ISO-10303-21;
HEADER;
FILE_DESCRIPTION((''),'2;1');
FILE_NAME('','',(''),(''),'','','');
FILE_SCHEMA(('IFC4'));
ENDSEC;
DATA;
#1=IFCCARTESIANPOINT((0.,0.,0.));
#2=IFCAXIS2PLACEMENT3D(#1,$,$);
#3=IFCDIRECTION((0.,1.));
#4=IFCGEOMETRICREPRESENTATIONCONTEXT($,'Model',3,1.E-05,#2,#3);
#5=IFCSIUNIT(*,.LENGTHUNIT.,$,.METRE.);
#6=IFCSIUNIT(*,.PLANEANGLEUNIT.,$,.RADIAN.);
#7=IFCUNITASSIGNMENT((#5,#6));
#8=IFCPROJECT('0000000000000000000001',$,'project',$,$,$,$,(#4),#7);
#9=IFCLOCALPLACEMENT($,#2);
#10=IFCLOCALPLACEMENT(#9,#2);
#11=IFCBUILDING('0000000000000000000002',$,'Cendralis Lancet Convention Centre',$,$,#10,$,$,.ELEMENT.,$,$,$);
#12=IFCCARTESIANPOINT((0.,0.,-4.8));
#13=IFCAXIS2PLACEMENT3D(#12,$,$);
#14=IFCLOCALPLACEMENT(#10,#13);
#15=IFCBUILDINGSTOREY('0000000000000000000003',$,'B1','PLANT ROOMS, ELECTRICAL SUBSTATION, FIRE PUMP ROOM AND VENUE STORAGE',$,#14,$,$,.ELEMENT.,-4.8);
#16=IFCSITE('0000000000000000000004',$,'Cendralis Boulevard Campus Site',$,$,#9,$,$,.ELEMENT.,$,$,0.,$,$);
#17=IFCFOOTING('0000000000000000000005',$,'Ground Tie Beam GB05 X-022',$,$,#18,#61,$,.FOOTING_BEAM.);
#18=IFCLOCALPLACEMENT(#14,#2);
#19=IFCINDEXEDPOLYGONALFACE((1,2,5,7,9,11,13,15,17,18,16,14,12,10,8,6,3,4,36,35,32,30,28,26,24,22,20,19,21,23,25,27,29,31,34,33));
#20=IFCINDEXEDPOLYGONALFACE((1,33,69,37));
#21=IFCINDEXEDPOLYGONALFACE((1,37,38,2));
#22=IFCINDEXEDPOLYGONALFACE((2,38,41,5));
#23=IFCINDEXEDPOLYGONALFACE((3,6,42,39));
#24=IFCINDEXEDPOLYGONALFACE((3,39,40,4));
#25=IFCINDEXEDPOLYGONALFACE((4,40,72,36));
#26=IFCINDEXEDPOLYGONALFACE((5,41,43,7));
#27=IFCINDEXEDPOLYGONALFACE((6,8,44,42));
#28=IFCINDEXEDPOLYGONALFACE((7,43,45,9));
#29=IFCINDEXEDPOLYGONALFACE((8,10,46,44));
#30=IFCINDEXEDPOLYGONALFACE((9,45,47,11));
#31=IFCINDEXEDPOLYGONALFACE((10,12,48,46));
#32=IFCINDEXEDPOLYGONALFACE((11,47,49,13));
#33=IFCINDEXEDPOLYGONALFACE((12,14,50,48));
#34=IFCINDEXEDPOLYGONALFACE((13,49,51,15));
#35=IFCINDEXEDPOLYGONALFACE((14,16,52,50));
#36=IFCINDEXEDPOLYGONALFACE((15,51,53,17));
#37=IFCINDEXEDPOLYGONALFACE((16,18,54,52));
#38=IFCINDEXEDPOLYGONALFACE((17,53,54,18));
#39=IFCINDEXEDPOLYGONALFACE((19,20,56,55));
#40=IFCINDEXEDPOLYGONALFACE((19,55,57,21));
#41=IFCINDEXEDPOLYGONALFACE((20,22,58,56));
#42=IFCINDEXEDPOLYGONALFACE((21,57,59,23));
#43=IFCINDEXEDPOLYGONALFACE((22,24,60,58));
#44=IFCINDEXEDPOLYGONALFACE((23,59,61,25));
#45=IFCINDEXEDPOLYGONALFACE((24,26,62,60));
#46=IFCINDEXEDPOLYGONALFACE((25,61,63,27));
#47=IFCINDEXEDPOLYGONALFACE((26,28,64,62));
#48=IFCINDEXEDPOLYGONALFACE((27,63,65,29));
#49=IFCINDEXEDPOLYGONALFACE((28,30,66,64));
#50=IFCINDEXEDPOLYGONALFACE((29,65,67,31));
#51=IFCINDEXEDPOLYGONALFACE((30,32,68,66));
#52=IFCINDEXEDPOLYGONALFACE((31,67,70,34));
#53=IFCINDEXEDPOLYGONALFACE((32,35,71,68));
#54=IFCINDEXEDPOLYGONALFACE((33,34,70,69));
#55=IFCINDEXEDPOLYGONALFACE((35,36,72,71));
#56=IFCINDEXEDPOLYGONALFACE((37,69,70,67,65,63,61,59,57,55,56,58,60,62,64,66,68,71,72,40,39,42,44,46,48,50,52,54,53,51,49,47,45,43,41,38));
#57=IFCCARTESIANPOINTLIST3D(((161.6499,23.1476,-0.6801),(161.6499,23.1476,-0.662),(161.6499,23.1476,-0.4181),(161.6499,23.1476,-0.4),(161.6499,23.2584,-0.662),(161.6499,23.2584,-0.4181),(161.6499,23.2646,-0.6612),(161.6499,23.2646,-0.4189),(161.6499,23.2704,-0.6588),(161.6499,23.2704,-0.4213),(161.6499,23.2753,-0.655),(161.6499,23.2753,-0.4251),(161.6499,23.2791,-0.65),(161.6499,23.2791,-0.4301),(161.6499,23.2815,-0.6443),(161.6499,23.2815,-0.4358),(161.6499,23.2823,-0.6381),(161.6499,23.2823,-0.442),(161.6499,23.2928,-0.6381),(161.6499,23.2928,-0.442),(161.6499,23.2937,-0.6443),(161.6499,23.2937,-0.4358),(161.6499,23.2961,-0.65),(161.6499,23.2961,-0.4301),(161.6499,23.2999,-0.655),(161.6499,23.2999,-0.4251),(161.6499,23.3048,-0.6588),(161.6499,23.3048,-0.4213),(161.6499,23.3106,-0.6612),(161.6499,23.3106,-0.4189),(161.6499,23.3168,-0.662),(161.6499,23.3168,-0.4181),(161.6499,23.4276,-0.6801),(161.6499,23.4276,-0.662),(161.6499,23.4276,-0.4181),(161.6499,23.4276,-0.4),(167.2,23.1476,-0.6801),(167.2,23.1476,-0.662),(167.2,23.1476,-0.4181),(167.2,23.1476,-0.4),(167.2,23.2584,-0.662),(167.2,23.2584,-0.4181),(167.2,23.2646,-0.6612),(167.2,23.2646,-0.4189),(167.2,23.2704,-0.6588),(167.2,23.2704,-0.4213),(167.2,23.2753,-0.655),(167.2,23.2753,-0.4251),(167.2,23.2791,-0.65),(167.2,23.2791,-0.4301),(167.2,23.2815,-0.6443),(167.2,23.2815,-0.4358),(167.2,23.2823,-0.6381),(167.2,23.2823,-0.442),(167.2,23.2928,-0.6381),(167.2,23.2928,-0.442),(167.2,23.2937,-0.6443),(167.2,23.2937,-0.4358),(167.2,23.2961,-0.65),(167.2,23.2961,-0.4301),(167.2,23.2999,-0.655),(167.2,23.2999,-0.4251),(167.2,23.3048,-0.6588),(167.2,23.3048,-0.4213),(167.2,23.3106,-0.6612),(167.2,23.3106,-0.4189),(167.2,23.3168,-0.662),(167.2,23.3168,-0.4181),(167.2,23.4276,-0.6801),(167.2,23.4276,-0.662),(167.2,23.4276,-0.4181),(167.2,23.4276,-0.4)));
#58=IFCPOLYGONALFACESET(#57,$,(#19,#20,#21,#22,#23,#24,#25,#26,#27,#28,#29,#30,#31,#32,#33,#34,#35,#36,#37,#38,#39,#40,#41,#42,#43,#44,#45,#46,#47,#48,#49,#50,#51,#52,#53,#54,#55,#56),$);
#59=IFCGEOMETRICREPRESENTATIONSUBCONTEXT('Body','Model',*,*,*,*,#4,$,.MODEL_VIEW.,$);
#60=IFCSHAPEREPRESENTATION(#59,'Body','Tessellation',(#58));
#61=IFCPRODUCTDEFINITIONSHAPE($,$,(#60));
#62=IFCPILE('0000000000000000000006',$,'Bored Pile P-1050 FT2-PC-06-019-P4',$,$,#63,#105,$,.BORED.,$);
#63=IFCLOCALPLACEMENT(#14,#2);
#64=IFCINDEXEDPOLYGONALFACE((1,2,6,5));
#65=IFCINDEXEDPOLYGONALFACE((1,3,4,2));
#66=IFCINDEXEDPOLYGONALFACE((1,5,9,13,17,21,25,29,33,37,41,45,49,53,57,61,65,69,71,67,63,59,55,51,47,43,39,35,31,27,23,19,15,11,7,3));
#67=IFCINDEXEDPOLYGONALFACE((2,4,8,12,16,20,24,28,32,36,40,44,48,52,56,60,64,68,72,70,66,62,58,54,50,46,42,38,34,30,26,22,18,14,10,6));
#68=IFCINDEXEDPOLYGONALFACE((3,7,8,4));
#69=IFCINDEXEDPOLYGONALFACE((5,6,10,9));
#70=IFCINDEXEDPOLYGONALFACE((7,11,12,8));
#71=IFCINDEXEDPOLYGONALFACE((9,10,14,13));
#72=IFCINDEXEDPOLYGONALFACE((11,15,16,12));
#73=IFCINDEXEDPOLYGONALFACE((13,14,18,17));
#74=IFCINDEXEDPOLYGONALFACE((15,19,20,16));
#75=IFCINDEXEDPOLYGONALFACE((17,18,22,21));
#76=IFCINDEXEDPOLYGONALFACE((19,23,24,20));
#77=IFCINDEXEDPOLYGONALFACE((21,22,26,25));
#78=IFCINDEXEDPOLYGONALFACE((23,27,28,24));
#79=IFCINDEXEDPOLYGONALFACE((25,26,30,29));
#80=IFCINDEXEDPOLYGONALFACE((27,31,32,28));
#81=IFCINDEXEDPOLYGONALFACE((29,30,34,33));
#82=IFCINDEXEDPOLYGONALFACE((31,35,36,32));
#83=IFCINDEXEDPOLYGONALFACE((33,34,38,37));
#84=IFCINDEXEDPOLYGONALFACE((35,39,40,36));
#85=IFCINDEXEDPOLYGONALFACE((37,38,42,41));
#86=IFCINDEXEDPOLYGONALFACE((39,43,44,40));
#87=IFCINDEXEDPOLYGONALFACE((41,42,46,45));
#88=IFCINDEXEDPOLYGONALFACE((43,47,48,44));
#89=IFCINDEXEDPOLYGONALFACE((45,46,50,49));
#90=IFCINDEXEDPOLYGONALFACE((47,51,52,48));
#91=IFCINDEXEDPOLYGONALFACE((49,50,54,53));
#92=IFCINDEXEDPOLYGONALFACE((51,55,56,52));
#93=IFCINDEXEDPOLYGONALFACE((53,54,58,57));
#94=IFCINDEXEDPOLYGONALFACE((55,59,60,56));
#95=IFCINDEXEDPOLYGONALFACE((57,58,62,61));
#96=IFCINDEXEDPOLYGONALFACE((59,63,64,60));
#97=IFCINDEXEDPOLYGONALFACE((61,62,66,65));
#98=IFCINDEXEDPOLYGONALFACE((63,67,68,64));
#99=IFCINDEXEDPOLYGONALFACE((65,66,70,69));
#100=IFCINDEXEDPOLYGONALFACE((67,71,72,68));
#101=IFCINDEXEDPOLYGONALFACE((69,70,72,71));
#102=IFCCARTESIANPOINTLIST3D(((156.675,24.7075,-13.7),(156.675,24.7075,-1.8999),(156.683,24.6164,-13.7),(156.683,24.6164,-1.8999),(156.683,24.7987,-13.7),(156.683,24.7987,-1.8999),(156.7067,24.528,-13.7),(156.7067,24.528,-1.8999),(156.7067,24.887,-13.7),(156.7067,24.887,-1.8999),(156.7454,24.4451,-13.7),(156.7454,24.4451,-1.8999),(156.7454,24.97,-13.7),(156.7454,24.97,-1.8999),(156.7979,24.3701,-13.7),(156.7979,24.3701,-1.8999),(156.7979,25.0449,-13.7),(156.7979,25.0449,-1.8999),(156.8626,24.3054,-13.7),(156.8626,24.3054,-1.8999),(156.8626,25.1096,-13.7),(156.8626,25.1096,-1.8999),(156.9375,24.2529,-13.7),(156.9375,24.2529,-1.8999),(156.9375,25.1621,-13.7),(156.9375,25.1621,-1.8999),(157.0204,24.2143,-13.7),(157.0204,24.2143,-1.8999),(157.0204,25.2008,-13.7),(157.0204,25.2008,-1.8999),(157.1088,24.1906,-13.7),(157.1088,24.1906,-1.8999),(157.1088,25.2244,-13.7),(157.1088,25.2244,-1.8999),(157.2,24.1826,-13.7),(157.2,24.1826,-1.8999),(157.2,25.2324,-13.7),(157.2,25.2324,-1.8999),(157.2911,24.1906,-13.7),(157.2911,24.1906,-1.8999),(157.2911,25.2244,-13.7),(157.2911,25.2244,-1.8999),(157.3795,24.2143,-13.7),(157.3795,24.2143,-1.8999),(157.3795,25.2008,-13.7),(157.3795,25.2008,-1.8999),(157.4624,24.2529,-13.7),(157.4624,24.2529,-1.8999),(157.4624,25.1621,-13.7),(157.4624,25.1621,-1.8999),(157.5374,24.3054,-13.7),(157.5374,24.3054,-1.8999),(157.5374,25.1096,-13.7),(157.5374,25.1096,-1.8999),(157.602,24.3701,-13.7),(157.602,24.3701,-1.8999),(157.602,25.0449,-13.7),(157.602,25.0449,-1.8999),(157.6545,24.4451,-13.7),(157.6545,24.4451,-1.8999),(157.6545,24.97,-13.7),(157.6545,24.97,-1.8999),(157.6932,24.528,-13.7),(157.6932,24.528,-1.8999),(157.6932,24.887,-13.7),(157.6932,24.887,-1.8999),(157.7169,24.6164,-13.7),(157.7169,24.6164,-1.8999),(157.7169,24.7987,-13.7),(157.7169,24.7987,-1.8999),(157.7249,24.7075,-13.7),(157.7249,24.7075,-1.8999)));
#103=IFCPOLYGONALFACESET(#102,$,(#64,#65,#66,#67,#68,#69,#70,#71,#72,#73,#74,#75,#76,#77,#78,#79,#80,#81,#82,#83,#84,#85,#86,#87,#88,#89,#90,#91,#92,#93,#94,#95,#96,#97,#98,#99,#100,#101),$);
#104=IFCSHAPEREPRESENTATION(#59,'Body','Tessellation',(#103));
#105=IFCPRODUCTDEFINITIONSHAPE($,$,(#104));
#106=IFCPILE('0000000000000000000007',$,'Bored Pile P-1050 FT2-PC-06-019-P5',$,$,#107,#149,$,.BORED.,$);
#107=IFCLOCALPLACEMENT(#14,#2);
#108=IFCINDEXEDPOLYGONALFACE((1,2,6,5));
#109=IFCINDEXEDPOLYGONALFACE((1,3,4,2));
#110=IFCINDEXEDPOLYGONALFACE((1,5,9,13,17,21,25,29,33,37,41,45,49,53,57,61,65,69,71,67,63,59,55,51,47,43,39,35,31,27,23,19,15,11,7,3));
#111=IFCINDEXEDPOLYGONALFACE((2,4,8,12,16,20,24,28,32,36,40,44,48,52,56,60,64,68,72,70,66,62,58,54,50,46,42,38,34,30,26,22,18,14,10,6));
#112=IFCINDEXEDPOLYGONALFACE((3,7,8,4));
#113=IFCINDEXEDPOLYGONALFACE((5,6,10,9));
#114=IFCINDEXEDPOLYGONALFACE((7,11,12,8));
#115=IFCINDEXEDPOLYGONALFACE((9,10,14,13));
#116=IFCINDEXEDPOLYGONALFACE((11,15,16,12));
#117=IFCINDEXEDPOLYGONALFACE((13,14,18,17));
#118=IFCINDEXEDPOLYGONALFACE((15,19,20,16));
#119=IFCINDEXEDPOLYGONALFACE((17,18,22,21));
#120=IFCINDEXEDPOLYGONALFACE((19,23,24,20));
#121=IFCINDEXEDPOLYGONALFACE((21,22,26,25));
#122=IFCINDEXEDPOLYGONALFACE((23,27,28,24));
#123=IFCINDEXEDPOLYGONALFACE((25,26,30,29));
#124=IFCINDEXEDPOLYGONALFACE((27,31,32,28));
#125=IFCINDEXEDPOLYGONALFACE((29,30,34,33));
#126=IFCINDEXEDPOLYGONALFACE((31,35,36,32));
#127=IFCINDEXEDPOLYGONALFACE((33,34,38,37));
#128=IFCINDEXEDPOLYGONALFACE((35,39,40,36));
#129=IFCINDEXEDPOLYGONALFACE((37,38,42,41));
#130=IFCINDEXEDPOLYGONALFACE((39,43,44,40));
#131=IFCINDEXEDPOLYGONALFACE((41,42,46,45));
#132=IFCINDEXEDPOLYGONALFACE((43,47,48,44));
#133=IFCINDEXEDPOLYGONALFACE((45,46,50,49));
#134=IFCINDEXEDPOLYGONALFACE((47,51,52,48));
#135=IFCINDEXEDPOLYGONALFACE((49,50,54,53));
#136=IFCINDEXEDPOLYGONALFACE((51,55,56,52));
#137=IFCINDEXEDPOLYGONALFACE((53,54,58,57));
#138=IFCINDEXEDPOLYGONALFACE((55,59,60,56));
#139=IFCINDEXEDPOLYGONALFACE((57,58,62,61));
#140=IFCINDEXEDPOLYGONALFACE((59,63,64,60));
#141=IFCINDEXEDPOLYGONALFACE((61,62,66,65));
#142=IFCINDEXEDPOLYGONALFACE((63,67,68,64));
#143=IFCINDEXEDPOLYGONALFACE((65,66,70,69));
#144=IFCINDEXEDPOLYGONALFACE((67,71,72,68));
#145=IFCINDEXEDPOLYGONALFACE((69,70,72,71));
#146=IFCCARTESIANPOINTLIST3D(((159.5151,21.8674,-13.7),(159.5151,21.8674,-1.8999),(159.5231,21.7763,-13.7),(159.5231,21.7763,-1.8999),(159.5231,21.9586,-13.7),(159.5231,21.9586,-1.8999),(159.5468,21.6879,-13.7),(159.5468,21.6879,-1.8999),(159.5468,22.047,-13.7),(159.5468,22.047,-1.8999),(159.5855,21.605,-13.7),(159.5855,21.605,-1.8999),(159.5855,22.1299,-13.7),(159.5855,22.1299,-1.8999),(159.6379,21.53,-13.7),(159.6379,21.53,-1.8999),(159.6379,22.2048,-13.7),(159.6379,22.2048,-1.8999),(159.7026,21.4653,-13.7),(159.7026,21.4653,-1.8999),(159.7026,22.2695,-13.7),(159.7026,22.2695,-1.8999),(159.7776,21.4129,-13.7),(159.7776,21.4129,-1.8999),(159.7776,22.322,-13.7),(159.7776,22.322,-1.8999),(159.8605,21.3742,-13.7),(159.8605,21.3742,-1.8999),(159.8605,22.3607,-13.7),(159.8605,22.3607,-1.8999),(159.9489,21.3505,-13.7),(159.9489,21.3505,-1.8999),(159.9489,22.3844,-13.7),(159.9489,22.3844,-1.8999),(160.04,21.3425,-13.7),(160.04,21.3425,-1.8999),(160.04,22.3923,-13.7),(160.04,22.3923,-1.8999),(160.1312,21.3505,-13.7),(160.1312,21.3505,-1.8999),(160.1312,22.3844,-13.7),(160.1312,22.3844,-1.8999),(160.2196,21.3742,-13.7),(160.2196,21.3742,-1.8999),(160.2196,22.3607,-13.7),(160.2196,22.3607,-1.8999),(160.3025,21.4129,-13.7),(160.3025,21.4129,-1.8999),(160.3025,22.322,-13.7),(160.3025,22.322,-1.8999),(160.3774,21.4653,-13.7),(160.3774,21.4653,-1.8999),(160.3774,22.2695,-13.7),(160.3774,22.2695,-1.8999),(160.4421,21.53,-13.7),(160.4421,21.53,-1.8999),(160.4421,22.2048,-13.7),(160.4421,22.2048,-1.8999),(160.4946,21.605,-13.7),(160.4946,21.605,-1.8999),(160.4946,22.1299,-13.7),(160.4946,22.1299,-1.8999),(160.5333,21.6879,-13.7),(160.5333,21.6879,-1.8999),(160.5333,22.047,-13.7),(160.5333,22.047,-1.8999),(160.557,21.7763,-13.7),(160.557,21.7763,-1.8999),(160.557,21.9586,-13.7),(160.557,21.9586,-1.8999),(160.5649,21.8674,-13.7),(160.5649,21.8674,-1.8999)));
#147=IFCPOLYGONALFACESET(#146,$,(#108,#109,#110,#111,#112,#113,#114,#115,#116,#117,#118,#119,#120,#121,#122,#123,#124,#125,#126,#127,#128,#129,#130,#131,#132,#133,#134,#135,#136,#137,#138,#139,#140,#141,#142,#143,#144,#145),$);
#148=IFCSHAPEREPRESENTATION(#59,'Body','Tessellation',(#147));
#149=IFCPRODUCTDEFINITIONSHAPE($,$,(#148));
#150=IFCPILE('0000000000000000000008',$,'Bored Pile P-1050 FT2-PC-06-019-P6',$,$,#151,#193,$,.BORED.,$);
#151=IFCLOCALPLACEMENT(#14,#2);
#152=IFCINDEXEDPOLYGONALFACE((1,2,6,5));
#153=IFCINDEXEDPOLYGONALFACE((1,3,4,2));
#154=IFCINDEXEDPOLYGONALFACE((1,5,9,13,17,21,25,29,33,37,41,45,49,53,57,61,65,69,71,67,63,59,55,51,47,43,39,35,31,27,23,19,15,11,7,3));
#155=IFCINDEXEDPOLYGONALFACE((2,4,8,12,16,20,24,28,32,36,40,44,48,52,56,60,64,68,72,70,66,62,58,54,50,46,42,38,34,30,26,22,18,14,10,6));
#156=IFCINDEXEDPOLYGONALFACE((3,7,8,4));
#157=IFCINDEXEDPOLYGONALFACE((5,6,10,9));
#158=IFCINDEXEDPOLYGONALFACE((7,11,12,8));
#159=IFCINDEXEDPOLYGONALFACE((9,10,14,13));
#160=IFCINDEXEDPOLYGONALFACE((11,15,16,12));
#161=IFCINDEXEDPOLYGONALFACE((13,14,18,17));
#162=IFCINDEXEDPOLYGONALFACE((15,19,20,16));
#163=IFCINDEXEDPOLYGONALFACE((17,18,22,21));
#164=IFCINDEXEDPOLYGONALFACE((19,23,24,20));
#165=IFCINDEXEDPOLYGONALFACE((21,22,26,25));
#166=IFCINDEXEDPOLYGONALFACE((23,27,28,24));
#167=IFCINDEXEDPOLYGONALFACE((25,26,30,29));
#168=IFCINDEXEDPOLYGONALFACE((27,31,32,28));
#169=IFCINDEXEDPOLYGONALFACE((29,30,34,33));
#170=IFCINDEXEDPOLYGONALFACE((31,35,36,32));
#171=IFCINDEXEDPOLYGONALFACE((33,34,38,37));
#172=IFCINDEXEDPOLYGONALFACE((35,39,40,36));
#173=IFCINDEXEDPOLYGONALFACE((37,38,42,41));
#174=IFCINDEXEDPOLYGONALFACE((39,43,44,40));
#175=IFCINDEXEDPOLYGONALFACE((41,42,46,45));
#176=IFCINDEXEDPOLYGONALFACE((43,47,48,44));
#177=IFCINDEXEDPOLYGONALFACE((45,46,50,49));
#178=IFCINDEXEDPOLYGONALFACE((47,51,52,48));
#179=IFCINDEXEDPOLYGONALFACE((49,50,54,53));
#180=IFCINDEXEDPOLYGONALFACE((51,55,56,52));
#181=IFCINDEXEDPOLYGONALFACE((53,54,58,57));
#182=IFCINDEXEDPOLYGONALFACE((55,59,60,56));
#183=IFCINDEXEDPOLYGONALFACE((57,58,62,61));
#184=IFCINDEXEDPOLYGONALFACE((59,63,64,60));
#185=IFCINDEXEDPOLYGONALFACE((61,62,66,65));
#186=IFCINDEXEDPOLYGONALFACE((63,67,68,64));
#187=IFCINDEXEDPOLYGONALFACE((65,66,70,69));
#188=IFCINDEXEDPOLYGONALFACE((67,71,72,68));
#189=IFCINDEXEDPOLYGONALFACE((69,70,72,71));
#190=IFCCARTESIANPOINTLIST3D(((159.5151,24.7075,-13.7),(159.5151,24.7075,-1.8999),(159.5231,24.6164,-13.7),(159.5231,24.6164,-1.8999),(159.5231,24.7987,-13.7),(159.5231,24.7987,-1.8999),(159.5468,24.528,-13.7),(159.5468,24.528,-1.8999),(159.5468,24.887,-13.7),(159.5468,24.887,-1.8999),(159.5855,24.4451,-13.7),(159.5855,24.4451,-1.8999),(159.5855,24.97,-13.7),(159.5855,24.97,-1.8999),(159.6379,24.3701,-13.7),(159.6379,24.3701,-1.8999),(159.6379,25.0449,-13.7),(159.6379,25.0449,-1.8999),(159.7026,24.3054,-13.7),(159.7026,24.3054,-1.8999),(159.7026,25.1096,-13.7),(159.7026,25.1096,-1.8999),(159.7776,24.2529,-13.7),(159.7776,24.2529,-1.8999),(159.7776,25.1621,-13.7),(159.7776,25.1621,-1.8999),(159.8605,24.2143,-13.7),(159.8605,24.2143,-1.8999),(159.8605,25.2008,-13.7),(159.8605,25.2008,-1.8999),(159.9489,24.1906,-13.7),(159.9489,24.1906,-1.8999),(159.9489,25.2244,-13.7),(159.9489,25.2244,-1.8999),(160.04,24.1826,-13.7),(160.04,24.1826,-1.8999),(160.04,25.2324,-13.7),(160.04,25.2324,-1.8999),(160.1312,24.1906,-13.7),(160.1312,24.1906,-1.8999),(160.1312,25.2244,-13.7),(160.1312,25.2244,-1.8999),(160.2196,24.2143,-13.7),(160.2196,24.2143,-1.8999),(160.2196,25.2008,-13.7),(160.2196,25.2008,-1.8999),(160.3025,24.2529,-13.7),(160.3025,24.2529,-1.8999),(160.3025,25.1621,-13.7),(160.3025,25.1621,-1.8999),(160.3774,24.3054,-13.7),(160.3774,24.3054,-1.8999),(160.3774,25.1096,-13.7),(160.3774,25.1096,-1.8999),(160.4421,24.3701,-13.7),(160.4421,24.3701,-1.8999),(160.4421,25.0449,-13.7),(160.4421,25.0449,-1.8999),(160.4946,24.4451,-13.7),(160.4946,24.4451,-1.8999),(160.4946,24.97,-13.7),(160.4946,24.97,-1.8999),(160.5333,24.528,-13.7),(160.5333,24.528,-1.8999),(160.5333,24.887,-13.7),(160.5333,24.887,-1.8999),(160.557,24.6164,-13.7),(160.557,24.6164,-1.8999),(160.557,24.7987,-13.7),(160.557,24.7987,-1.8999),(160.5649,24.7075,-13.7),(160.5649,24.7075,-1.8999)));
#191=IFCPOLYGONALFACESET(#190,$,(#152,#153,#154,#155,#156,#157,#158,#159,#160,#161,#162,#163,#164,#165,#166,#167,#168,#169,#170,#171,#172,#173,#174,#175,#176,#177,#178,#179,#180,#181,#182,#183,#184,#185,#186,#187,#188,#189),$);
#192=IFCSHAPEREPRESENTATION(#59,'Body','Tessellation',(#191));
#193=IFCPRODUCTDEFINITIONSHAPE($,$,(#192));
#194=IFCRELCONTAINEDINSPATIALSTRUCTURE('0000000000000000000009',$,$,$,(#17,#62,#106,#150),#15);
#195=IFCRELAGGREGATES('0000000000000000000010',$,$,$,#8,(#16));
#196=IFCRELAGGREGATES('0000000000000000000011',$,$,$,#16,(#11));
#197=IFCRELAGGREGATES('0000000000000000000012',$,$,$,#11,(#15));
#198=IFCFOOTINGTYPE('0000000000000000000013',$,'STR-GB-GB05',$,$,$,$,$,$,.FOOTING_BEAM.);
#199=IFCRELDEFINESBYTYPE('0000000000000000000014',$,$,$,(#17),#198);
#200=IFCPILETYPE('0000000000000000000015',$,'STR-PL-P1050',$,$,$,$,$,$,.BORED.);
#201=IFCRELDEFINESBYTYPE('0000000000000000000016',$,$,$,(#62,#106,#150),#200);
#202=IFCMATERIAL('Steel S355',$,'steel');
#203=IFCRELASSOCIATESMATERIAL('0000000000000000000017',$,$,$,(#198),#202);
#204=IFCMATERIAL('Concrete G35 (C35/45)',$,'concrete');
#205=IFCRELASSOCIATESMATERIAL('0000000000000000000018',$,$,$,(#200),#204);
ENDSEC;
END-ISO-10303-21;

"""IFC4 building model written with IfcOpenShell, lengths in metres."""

from ifc_helpers import new_model, si_unit, direction, frame, origin, origin_2d, place, context, subcontext, project, spatial, circle, i_section, extrude, material, material_profile, profile_set, type_object, element, save


model = new_model("IFC4")

# Units and contexts
model_context = context("Model", 3, precision=1e-05, world=origin(), true_north=direction((0.0, 1.0)))
body_context = subcontext(model_context, "Body", "Model", "MODEL_VIEW")
ifc_project = project(units=[si_unit("LENGTHUNIT", "METRE"), si_unit("PLANEANGLEUNIT", "RADIAN")], contexts=[model_context])

# Site, building, storey
site_placement = place(None, origin())
site = spatial("IfcSite", under=ifc_project, at=site_placement, Name="Cendralis Boulevard Campus Site", CompositionType="ELEMENT", RefElevation=0.0)
building_placement = place(site_placement, origin())
building = spatial("IfcBuilding", under=site, at=building_placement, Name="Cendralis Lancet Convention Centre", CompositionType="ELEMENT")
storey_placement = place(building_placement, frame((0.0, 0.0, -4.8)))
storey = spatial("IfcBuildingStorey", under=building, at=storey_placement, Name="B1", Description="PLANT ROOMS, ELECTRICAL SUBSTATION, FIRE PUMP ROOM AND VENUE STORAGE", CompositionType="ELEMENT", Elevation=-4.8)

# Footing
ifc_material_1 = material(Name="Steel S355", Category="steel")
ifc_material_profile_1 = material_profile(ifc_material_1, i_section(OverallWidth=0.28, OverallDepth=0.28, WebThickness=0.0105, FlangeThickness=0.0181, FilletRadius=0.0239, at=origin_2d()), Name="HEB 280")
ifc_profile_set_1 = profile_set([ifc_material_profile_1], Name="Steel S355")
footing_type = type_object("IfcFootingType", Name="STR-GB-GB05", PredefinedType="FOOTING_BEAM", material=ifc_profile_set_1)
footing_placement = place(storey_placement, frame((161.6499, 23.2876, -0.54), z_axis=(1.0, 0.0, 0.0), x_axis=(0.0, 1.0, 0.0)))
element("IfcFooting", 1, at=footing_placement, inside=storey, type_object=footing_type, Name="Ground Tie Beam GB05 X-022", PredefinedType="FOOTING_BEAM", context=body_context, shape_type="SweptSolid", body=[
    extrude(i_section(OverallWidth=0.28, OverallDepth=0.28, WebThickness=0.0105, FlangeThickness=0.0181, FilletRadius=0.0239, at=origin_2d()), origin(), (0.0, 0.0, 1.0), 5.55),
])

# Piles
ifc_material_2 = material(Name="Concrete G35 (C35/45)", Category="concrete")
ifc_material_profile_2 = material_profile(ifc_material_2, circle(Radius=0.5249, at=origin_2d()), Name="BORED PILE D1050")
ifc_profile_set_2 = profile_set([ifc_material_profile_2], Name="Concrete G35 (C35/45)")
pile_type = type_object("IfcPileType", Name="STR-PL-P1050", PredefinedType="BORED", material=ifc_profile_set_2)
for number, where, z_axis, x_axis, name in (
    (2, (157.2, 24.7075, -1.8999), (0.0, 0.0, -1.0), (1.0, 0.0, 0.0), "Bored Pile P-1050 FT2-PC-06-019-P4"),
    (3, (160.04, 21.8674, -1.8999), (0.0, 0.0, -1.0), (1.0, 0.0, 0.0), "Bored Pile P-1050 FT2-PC-06-019-P5"),
    (4, (160.04, 24.7075, -1.8999), (0.0, 0.0, -1.0), (1.0, 0.0, 0.0), "Bored Pile P-1050 FT2-PC-06-019-P6"),
):
    element("IfcPile", number, at=place(storey_placement, frame(where, z_axis=z_axis, x_axis=x_axis)), inside=storey, type_object=pile_type, Name=name, PredefinedType="BORED", context=body_context, shape_type="SweptSolid", body=[
        extrude(circle(Radius=0.5249, at=origin_2d()), origin(), (0.0, 0.0, 1.0), 11.8),
    ])

save(model, "model.ifc")
